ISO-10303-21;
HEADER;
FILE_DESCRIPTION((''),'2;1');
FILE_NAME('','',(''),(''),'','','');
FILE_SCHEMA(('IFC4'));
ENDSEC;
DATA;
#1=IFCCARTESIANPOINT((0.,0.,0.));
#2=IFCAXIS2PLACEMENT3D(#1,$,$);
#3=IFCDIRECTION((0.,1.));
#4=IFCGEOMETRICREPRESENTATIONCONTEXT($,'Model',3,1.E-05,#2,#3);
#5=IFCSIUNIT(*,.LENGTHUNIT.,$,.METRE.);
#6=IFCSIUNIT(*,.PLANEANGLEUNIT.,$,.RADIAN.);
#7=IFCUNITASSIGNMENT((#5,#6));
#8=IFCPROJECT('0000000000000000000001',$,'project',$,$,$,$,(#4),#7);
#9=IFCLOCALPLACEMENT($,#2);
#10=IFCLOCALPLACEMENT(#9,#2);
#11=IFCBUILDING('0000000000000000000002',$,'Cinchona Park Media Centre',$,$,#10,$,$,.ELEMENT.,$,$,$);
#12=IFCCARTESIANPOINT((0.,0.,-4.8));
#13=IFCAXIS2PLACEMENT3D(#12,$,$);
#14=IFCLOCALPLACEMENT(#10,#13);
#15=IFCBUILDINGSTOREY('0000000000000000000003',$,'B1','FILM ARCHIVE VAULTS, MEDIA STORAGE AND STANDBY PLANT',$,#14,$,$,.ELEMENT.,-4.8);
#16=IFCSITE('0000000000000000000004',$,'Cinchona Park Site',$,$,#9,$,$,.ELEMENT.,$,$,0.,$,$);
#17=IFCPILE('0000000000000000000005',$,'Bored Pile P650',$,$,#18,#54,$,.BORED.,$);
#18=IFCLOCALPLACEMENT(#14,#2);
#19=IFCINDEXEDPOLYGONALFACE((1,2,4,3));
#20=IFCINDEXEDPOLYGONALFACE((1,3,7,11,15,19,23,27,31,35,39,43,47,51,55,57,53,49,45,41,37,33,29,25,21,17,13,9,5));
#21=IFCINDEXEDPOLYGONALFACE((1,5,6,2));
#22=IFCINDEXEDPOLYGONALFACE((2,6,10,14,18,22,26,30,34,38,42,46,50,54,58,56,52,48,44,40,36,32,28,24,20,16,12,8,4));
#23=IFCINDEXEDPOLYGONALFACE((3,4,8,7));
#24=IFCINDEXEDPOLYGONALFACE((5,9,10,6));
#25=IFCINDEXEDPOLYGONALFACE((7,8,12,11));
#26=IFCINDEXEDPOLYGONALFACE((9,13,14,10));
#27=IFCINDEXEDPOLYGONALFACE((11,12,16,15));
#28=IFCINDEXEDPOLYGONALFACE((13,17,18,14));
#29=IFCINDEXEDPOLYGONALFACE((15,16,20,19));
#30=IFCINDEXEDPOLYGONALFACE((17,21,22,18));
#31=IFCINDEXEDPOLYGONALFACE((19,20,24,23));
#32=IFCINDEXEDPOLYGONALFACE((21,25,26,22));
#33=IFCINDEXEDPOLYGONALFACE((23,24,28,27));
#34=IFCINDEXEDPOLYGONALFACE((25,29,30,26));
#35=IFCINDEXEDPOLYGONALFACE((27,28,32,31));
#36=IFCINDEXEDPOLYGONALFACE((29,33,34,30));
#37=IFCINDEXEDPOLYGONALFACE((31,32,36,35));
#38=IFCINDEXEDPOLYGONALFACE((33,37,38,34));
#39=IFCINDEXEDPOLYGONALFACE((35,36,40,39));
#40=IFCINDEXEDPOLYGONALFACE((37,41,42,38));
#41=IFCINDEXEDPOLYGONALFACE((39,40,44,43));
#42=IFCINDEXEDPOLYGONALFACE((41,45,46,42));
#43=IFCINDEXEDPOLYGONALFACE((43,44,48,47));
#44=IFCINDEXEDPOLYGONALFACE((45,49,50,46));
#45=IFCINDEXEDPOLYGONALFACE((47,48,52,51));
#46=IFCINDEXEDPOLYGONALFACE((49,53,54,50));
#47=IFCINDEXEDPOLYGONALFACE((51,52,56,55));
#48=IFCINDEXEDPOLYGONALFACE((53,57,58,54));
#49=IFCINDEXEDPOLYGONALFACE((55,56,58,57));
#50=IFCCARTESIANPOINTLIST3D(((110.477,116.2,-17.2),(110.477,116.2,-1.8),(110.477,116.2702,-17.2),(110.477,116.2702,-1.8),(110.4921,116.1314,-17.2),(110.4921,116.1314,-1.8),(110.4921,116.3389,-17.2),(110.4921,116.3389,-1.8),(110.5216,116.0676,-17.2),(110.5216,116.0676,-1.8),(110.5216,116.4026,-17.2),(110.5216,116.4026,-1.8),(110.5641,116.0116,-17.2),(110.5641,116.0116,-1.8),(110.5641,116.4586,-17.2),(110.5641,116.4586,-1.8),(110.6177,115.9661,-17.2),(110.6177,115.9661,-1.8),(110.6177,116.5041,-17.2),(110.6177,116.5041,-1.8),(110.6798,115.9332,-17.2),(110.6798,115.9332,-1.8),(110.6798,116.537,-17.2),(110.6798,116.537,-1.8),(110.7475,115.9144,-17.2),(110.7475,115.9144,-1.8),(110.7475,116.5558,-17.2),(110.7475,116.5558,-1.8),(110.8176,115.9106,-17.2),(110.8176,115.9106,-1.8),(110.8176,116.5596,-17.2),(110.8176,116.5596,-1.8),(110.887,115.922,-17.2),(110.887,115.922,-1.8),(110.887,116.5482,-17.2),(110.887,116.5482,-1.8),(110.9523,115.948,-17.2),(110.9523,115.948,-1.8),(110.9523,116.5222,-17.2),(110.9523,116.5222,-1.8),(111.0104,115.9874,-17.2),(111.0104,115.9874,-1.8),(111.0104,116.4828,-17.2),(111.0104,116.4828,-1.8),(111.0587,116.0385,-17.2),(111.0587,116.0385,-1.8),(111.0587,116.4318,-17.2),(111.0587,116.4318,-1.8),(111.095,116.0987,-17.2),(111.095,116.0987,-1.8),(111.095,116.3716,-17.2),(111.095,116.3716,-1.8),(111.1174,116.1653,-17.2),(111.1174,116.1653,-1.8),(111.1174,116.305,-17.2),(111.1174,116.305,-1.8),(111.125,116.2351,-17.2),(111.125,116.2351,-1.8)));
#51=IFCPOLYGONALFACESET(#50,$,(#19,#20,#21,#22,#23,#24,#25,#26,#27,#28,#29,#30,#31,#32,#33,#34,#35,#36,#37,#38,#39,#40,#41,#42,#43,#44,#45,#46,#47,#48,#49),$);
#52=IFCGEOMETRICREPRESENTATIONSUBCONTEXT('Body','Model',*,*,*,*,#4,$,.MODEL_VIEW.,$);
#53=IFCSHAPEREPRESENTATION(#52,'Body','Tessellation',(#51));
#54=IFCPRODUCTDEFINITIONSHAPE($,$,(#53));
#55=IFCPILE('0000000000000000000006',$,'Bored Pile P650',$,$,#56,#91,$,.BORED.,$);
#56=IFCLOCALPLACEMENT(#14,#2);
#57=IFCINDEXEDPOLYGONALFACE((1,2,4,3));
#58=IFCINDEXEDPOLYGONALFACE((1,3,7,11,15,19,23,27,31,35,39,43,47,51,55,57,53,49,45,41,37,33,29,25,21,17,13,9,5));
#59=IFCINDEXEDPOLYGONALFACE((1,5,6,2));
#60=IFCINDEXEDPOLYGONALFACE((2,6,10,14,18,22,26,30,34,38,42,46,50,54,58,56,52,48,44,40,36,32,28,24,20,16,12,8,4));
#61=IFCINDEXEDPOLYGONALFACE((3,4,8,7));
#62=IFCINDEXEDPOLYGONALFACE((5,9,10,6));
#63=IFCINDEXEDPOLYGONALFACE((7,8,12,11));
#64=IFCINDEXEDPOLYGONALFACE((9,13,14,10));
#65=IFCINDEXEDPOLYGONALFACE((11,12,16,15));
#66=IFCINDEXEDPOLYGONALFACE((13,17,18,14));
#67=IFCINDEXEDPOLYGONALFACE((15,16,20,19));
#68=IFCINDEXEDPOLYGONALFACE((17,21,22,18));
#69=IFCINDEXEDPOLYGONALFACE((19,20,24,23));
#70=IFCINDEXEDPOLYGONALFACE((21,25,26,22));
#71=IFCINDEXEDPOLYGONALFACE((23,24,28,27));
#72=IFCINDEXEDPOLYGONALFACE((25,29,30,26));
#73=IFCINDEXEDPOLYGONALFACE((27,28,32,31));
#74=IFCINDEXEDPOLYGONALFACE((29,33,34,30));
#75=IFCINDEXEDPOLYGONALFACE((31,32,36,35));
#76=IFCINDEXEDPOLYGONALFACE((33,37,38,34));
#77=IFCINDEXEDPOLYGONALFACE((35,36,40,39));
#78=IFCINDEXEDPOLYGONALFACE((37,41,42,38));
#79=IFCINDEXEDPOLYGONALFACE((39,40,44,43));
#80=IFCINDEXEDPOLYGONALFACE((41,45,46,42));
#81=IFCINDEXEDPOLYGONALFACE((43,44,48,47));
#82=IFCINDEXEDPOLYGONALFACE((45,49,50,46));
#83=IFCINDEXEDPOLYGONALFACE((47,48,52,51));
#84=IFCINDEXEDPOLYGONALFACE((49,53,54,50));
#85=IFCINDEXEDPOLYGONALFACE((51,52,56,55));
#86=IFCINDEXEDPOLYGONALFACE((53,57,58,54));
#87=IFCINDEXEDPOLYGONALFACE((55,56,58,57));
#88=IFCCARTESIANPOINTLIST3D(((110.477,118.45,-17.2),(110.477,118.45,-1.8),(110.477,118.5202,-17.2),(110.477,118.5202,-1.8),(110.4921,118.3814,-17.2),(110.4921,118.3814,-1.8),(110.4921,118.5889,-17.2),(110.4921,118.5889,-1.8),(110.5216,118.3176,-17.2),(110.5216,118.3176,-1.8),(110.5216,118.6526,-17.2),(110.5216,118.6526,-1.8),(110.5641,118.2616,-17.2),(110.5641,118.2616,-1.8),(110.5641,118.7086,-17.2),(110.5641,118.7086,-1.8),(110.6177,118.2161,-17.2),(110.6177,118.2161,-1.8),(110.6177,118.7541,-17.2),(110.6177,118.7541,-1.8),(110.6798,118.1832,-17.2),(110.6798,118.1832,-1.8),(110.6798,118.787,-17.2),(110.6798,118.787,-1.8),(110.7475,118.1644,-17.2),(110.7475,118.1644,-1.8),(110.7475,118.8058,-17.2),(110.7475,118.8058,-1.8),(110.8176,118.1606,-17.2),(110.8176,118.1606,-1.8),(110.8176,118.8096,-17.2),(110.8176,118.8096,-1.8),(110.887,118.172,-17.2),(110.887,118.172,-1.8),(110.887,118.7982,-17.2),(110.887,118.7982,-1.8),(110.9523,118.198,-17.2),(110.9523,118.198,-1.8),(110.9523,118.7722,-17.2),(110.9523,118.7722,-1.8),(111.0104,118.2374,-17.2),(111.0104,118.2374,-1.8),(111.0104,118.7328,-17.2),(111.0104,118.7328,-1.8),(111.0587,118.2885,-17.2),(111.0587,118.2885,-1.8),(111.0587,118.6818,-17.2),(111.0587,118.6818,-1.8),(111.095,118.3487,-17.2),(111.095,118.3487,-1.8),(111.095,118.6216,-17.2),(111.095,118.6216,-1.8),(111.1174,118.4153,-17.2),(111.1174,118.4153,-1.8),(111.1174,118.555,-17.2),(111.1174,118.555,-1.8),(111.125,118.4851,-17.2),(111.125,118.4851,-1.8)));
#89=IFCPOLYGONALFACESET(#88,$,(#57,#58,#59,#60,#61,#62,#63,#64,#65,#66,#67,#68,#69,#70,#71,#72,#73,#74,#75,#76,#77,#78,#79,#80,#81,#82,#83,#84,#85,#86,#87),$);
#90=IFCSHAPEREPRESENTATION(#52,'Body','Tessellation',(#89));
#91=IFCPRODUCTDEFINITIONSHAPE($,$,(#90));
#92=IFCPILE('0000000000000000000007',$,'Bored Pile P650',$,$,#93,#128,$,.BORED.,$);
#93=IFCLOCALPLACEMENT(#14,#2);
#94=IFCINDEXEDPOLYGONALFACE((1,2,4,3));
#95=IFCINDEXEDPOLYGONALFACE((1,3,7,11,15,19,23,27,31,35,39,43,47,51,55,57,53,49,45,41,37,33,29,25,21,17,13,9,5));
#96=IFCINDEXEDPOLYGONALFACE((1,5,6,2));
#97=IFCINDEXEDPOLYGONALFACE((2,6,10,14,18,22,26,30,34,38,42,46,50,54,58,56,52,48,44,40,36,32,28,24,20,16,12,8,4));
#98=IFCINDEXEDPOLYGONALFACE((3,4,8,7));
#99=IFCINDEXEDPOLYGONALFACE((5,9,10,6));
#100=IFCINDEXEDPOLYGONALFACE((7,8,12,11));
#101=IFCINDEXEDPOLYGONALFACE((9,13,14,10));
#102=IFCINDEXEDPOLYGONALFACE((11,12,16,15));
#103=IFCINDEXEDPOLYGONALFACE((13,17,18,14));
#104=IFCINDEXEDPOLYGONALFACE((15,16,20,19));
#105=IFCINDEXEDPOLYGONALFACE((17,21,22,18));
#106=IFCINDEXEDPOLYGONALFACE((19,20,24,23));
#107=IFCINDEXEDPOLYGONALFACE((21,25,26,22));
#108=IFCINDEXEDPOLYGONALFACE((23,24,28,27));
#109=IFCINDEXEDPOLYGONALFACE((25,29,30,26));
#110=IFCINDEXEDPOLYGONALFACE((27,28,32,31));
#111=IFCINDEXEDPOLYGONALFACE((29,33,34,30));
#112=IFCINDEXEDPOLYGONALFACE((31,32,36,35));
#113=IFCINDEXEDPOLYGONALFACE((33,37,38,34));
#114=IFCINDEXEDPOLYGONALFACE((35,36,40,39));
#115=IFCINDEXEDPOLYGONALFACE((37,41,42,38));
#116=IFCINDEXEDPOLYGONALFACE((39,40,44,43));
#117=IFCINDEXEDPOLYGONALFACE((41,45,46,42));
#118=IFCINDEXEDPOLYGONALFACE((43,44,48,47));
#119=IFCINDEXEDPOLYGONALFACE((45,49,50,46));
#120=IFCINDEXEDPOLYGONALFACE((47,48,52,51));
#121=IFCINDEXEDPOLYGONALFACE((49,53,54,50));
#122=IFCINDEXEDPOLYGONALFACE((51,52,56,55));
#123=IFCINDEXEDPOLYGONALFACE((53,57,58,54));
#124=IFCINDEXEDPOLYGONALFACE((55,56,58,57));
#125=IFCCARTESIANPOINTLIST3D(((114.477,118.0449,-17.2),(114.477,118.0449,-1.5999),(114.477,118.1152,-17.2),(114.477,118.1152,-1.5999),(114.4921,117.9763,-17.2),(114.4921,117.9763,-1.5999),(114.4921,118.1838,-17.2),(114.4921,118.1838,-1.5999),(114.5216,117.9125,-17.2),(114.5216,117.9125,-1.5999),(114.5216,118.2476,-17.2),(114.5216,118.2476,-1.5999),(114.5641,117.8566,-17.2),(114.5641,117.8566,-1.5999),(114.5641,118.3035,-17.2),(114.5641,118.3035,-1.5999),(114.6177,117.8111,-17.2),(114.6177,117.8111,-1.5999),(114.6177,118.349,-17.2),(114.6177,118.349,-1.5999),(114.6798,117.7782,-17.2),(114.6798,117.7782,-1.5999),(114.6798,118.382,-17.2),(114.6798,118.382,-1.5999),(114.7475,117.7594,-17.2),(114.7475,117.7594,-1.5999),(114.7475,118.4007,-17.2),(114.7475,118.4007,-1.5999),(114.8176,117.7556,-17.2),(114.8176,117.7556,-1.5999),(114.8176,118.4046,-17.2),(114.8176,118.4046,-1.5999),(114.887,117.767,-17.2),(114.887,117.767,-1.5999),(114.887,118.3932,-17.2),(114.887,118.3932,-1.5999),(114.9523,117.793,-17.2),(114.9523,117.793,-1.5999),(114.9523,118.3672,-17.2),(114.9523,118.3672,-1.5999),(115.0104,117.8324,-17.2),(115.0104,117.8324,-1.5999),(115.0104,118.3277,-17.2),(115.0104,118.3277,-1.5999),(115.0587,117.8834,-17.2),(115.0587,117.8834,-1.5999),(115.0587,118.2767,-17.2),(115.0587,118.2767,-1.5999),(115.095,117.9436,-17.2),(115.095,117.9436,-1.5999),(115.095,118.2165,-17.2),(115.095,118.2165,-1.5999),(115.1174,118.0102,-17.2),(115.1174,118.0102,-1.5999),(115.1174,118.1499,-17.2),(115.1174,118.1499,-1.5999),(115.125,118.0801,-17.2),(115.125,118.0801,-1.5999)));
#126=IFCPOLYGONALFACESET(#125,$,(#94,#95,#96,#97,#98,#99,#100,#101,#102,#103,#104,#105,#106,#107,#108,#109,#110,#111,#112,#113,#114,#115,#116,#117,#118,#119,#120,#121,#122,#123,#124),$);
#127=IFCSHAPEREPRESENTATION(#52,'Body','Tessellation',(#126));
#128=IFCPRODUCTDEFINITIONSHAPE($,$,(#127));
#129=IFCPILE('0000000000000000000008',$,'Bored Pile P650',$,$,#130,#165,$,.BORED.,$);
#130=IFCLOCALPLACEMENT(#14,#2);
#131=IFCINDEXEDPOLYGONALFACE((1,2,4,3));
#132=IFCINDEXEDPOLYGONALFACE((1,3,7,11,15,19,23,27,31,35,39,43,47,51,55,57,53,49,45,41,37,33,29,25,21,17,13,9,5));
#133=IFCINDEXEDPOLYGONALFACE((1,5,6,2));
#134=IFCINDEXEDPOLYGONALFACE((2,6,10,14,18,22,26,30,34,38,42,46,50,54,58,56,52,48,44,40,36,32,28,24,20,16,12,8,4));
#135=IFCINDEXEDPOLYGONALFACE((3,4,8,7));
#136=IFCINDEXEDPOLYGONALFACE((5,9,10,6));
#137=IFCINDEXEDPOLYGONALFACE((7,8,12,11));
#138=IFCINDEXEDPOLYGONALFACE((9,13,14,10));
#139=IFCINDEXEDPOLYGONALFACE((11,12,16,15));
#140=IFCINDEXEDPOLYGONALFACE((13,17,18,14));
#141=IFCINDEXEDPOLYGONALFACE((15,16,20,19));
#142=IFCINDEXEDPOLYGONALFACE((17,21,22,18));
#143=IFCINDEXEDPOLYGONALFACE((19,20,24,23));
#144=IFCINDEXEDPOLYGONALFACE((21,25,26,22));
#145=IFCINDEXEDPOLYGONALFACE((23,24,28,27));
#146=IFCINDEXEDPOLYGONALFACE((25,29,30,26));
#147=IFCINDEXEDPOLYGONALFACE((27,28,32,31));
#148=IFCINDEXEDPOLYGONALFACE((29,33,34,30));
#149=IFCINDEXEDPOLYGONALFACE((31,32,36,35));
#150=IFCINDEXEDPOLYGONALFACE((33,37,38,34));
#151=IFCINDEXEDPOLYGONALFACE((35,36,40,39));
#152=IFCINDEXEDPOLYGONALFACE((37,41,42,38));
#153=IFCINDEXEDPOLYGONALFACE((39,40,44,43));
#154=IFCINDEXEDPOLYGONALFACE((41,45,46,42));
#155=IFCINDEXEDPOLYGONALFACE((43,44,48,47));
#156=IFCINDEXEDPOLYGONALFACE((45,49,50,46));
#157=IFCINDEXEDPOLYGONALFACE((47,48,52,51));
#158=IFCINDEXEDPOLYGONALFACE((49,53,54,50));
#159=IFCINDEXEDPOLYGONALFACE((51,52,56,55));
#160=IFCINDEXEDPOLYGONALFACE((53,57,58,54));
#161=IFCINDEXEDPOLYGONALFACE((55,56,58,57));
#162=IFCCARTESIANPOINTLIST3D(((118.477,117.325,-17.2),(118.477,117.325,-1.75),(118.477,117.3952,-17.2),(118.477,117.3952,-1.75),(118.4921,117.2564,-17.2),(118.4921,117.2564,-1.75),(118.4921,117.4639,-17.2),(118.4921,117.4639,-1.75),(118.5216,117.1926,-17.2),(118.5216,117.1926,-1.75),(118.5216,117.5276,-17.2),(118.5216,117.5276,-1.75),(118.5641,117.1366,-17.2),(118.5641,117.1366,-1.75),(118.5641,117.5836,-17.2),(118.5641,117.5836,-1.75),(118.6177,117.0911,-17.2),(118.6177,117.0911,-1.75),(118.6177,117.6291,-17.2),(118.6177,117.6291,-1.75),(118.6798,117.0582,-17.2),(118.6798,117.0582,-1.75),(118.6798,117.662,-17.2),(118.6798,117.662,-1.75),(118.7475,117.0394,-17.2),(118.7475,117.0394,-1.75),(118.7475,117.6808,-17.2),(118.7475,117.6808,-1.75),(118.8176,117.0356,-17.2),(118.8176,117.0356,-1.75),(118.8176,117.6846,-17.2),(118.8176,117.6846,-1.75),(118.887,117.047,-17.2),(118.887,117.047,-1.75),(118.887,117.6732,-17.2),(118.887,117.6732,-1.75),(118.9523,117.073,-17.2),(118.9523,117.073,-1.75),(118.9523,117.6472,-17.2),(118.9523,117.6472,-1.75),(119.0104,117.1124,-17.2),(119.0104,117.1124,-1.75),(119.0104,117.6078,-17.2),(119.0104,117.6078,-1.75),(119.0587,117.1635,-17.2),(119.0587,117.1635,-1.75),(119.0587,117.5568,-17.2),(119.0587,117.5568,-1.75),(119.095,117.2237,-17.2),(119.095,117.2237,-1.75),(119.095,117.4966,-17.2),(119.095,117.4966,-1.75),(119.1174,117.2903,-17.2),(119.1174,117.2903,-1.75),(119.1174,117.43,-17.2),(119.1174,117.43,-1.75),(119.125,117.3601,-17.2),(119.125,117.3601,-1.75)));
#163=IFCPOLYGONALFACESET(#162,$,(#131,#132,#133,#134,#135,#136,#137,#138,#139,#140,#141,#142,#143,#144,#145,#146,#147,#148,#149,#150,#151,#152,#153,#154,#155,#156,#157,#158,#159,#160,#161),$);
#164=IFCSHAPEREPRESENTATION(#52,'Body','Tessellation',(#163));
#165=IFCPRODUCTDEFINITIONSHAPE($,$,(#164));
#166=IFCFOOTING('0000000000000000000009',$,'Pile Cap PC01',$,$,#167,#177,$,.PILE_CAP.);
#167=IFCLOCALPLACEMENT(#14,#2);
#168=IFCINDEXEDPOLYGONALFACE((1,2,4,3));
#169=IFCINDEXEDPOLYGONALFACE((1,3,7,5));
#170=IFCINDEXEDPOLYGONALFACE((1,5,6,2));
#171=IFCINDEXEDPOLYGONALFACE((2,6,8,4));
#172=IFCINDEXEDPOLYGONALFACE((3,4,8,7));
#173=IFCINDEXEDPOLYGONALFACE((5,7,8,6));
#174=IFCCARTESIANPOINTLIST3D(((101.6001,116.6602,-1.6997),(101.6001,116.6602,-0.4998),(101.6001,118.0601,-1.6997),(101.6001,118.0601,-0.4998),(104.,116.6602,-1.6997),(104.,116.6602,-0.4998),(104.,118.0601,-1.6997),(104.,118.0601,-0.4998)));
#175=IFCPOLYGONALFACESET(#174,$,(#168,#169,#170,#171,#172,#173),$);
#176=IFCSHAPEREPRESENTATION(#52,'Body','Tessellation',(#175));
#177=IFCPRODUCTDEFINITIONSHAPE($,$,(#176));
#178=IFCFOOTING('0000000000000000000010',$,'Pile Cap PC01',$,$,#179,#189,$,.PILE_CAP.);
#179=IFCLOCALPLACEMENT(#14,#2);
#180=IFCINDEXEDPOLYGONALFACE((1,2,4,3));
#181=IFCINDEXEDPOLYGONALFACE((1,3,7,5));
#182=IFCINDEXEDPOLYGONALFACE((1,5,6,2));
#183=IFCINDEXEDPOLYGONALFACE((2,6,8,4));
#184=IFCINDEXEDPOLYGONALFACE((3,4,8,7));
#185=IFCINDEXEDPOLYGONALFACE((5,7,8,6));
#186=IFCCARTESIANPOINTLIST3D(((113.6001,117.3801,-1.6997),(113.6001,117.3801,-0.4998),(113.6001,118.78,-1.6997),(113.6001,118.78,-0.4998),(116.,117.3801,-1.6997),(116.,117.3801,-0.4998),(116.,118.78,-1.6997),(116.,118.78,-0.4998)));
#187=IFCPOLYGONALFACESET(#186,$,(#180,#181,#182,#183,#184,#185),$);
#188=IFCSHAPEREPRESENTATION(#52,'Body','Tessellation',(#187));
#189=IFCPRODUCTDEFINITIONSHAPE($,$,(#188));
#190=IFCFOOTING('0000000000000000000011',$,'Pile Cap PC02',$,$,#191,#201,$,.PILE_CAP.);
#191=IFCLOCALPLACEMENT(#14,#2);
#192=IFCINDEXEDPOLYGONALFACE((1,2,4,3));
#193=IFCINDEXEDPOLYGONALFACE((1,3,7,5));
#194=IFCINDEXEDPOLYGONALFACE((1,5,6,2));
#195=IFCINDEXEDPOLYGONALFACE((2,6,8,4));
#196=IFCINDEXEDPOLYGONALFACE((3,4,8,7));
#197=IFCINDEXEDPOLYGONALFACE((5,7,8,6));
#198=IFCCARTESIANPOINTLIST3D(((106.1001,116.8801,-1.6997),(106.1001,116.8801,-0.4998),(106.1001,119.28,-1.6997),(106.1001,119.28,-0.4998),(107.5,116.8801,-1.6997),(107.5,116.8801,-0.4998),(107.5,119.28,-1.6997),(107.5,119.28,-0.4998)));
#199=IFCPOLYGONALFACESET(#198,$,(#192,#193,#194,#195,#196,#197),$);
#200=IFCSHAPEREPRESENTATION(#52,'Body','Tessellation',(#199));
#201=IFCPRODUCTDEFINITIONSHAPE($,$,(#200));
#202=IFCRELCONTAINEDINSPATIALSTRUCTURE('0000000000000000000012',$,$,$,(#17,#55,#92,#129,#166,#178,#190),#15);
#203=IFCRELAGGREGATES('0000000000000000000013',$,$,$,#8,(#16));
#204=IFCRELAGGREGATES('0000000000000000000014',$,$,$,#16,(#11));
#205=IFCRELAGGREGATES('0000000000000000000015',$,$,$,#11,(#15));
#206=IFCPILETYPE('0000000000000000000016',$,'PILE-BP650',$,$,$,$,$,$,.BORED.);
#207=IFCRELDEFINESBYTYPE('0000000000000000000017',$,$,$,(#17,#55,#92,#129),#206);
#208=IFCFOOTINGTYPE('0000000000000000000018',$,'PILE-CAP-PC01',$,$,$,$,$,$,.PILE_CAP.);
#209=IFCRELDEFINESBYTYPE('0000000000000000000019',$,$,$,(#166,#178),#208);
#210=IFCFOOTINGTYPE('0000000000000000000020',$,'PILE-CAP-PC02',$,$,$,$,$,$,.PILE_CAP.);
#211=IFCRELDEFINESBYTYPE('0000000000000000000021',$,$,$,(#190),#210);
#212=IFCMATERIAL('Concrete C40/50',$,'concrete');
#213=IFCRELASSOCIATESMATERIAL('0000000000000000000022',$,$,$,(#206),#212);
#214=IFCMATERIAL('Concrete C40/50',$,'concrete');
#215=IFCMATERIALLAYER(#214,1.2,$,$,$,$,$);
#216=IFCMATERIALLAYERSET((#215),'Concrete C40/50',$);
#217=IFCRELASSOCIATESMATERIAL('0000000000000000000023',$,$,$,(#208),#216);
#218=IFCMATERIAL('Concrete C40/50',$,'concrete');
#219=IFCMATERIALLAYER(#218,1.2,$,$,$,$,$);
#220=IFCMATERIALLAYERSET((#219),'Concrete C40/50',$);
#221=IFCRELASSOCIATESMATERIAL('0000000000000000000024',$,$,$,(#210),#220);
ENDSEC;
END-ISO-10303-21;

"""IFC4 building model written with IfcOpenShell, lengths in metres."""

from ifc_helpers import new_model, si_unit, direction, frame, origin, origin_2d, place, context, subcontext, project, spatial, rectangle, circle, extrude, material, layer, layer_set, material_profile, profile_set, type_object, element, save


model = new_model("IFC4")

# Units and contexts
model_context = context("Model", 3, precision=1e-05, world=origin(), true_north=direction((0.0, 1.0)))
body_context = subcontext(model_context, "Body", "Model", "MODEL_VIEW")
ifc_project = project(units=[si_unit("LENGTHUNIT", "METRE"), si_unit("PLANEANGLEUNIT", "RADIAN")], contexts=[model_context])

# Site, building, storey
site_placement = place(None, origin())
site = spatial("IfcSite", under=ifc_project, at=site_placement, Name="Cinchona Park Site", CompositionType="ELEMENT", RefElevation=0.0)
building_placement = place(site_placement, origin())
building = spatial("IfcBuilding", under=site, at=building_placement, Name="Cinchona Park Media Centre", CompositionType="ELEMENT")
storey_placement = place(building_placement, frame((0.0, 0.0, -4.8)))
storey = spatial("IfcBuildingStorey", under=building, at=storey_placement, Name="B1", Description="FILM ARCHIVE VAULTS, MEDIA STORAGE AND STANDBY PLANT", CompositionType="ELEMENT", Elevation=-4.8)

# Piles
ifc_material_1 = material(Name="Concrete C40/50", Category="concrete")
ifc_material_profile_1 = material_profile(ifc_material_1, circle(Radius=0.325, at=origin_2d()), Name="BORED PILE 650")
ifc_profile_set_1 = profile_set([ifc_material_profile_1], Name="Concrete C40/50")
pile_type_1 = type_object("IfcPileType", Name="PILE-BP650", PredefinedType="BORED", material=ifc_profile_set_1)
for number, where, z_axis, x_axis, name in (
    (1, (110.8, 116.2351, -1.8), (0.0, 0.0, -1.0), (1.0, 0.0, 0.0), "Bored Pile P650"),
    (2, (110.8, 118.4851, -1.8), (0.0, 0.0, -1.0), (1.0, 0.0, 0.0), "Bored Pile P650"),
):
    element("IfcPile", number, at=place(storey_placement, frame(where, z_axis=z_axis, x_axis=x_axis)), inside=storey, type_object=pile_type_1, Name=name, PredefinedType="BORED", context=body_context, shape_type="SweptSolid", body=[
        extrude(circle(Radius=0.325, at=origin_2d()), origin(), (0.0, 0.0, 1.0), 15.3999),
    ])
pile_1_placement = place(storey_placement, frame((114.8, 118.0801, -1.5999), z_axis=(0.0, 0.0, -1.0), x_axis=(1.0, 0.0, 0.0)))
element("IfcPile", 3, at=pile_1_placement, inside=storey, type_object=pile_type_1, Name="Bored Pile P650", PredefinedType="BORED", context=body_context, shape_type="SweptSolid", body=[
    extrude(circle(Radius=0.325, at=origin_2d()), origin(), (0.0, 0.0, 1.0), 15.6001),
])
pile_2_placement = place(storey_placement, frame((118.8, 117.3601, -1.75), z_axis=(0.0, 0.0, -1.0), x_axis=(1.0, 0.0, 0.0)))
element("IfcPile", 4, at=pile_2_placement, inside=storey, type_object=pile_type_1, Name="Bored Pile P650", PredefinedType="BORED", context=body_context, shape_type="SweptSolid", body=[
    extrude(circle(Radius=0.325, at=origin_2d()), origin(), (0.0, 0.0, 1.0), 15.45),
])

# Footings
ifc_material_2 = material(Name="Concrete C40/50", Category="concrete")
ifc_layer_1 = layer(ifc_material_2, 1.2)
ifc_layer_set_1 = layer_set([ifc_layer_1], Name="Concrete C40/50")
footing_type_1 = type_object("IfcFootingType", Name="PILE-CAP-PC01", PredefinedType="PILE_CAP", material=ifc_layer_set_1)
for number, where, z_axis, x_axis, name in (
    (5, (102.8, 117.3601, -1.6997), (0.0, 0.0, 1.0), (1.0, 0.0, 0.0), "Pile Cap PC01"),
    (6, (114.8, 118.0801, -1.6997), (0.0, 0.0, 1.0), (1.0, 0.0, 0.0), "Pile Cap PC01"),
):
    element("IfcFooting", number, at=place(storey_placement, frame(where, z_axis=z_axis, x_axis=x_axis)), inside=storey, type_object=footing_type_1, Name=name, PredefinedType="PILE_CAP", context=body_context, shape_type="SweptSolid", body=[
        extrude(rectangle(XDim=2.3999, YDim=1.3999, at=origin_2d()), origin(), (0.0, 0.0, 1.0), 1.2),
    ])
ifc_material_3 = material(Name="Concrete C40/50", Category="concrete")
ifc_layer_2 = layer(ifc_material_3, 1.2)
ifc_layer_set_2 = layer_set([ifc_layer_2], Name="Concrete C40/50")
footing_type_2 = type_object("IfcFootingType", Name="PILE-CAP-PC02", PredefinedType="PILE_CAP", material=ifc_layer_set_2)
footing_1_placement = place(storey_placement, frame((106.8, 118.0801, -1.6997), z_axis=(0.0, 0.0, 1.0), x_axis=(1.0, 0.0, 0.0)))
element("IfcFooting", 7, at=footing_1_placement, inside=storey, type_object=footing_type_2, Name="Pile Cap PC02", PredefinedType="PILE_CAP", context=body_context, shape_type="SweptSolid", body=[
    extrude(rectangle(XDim=1.3999, YDim=2.3999, at=origin_2d()), origin(), (0.0, 0.0, 1.0), 1.2),
])

save(model, "model.ifc")
